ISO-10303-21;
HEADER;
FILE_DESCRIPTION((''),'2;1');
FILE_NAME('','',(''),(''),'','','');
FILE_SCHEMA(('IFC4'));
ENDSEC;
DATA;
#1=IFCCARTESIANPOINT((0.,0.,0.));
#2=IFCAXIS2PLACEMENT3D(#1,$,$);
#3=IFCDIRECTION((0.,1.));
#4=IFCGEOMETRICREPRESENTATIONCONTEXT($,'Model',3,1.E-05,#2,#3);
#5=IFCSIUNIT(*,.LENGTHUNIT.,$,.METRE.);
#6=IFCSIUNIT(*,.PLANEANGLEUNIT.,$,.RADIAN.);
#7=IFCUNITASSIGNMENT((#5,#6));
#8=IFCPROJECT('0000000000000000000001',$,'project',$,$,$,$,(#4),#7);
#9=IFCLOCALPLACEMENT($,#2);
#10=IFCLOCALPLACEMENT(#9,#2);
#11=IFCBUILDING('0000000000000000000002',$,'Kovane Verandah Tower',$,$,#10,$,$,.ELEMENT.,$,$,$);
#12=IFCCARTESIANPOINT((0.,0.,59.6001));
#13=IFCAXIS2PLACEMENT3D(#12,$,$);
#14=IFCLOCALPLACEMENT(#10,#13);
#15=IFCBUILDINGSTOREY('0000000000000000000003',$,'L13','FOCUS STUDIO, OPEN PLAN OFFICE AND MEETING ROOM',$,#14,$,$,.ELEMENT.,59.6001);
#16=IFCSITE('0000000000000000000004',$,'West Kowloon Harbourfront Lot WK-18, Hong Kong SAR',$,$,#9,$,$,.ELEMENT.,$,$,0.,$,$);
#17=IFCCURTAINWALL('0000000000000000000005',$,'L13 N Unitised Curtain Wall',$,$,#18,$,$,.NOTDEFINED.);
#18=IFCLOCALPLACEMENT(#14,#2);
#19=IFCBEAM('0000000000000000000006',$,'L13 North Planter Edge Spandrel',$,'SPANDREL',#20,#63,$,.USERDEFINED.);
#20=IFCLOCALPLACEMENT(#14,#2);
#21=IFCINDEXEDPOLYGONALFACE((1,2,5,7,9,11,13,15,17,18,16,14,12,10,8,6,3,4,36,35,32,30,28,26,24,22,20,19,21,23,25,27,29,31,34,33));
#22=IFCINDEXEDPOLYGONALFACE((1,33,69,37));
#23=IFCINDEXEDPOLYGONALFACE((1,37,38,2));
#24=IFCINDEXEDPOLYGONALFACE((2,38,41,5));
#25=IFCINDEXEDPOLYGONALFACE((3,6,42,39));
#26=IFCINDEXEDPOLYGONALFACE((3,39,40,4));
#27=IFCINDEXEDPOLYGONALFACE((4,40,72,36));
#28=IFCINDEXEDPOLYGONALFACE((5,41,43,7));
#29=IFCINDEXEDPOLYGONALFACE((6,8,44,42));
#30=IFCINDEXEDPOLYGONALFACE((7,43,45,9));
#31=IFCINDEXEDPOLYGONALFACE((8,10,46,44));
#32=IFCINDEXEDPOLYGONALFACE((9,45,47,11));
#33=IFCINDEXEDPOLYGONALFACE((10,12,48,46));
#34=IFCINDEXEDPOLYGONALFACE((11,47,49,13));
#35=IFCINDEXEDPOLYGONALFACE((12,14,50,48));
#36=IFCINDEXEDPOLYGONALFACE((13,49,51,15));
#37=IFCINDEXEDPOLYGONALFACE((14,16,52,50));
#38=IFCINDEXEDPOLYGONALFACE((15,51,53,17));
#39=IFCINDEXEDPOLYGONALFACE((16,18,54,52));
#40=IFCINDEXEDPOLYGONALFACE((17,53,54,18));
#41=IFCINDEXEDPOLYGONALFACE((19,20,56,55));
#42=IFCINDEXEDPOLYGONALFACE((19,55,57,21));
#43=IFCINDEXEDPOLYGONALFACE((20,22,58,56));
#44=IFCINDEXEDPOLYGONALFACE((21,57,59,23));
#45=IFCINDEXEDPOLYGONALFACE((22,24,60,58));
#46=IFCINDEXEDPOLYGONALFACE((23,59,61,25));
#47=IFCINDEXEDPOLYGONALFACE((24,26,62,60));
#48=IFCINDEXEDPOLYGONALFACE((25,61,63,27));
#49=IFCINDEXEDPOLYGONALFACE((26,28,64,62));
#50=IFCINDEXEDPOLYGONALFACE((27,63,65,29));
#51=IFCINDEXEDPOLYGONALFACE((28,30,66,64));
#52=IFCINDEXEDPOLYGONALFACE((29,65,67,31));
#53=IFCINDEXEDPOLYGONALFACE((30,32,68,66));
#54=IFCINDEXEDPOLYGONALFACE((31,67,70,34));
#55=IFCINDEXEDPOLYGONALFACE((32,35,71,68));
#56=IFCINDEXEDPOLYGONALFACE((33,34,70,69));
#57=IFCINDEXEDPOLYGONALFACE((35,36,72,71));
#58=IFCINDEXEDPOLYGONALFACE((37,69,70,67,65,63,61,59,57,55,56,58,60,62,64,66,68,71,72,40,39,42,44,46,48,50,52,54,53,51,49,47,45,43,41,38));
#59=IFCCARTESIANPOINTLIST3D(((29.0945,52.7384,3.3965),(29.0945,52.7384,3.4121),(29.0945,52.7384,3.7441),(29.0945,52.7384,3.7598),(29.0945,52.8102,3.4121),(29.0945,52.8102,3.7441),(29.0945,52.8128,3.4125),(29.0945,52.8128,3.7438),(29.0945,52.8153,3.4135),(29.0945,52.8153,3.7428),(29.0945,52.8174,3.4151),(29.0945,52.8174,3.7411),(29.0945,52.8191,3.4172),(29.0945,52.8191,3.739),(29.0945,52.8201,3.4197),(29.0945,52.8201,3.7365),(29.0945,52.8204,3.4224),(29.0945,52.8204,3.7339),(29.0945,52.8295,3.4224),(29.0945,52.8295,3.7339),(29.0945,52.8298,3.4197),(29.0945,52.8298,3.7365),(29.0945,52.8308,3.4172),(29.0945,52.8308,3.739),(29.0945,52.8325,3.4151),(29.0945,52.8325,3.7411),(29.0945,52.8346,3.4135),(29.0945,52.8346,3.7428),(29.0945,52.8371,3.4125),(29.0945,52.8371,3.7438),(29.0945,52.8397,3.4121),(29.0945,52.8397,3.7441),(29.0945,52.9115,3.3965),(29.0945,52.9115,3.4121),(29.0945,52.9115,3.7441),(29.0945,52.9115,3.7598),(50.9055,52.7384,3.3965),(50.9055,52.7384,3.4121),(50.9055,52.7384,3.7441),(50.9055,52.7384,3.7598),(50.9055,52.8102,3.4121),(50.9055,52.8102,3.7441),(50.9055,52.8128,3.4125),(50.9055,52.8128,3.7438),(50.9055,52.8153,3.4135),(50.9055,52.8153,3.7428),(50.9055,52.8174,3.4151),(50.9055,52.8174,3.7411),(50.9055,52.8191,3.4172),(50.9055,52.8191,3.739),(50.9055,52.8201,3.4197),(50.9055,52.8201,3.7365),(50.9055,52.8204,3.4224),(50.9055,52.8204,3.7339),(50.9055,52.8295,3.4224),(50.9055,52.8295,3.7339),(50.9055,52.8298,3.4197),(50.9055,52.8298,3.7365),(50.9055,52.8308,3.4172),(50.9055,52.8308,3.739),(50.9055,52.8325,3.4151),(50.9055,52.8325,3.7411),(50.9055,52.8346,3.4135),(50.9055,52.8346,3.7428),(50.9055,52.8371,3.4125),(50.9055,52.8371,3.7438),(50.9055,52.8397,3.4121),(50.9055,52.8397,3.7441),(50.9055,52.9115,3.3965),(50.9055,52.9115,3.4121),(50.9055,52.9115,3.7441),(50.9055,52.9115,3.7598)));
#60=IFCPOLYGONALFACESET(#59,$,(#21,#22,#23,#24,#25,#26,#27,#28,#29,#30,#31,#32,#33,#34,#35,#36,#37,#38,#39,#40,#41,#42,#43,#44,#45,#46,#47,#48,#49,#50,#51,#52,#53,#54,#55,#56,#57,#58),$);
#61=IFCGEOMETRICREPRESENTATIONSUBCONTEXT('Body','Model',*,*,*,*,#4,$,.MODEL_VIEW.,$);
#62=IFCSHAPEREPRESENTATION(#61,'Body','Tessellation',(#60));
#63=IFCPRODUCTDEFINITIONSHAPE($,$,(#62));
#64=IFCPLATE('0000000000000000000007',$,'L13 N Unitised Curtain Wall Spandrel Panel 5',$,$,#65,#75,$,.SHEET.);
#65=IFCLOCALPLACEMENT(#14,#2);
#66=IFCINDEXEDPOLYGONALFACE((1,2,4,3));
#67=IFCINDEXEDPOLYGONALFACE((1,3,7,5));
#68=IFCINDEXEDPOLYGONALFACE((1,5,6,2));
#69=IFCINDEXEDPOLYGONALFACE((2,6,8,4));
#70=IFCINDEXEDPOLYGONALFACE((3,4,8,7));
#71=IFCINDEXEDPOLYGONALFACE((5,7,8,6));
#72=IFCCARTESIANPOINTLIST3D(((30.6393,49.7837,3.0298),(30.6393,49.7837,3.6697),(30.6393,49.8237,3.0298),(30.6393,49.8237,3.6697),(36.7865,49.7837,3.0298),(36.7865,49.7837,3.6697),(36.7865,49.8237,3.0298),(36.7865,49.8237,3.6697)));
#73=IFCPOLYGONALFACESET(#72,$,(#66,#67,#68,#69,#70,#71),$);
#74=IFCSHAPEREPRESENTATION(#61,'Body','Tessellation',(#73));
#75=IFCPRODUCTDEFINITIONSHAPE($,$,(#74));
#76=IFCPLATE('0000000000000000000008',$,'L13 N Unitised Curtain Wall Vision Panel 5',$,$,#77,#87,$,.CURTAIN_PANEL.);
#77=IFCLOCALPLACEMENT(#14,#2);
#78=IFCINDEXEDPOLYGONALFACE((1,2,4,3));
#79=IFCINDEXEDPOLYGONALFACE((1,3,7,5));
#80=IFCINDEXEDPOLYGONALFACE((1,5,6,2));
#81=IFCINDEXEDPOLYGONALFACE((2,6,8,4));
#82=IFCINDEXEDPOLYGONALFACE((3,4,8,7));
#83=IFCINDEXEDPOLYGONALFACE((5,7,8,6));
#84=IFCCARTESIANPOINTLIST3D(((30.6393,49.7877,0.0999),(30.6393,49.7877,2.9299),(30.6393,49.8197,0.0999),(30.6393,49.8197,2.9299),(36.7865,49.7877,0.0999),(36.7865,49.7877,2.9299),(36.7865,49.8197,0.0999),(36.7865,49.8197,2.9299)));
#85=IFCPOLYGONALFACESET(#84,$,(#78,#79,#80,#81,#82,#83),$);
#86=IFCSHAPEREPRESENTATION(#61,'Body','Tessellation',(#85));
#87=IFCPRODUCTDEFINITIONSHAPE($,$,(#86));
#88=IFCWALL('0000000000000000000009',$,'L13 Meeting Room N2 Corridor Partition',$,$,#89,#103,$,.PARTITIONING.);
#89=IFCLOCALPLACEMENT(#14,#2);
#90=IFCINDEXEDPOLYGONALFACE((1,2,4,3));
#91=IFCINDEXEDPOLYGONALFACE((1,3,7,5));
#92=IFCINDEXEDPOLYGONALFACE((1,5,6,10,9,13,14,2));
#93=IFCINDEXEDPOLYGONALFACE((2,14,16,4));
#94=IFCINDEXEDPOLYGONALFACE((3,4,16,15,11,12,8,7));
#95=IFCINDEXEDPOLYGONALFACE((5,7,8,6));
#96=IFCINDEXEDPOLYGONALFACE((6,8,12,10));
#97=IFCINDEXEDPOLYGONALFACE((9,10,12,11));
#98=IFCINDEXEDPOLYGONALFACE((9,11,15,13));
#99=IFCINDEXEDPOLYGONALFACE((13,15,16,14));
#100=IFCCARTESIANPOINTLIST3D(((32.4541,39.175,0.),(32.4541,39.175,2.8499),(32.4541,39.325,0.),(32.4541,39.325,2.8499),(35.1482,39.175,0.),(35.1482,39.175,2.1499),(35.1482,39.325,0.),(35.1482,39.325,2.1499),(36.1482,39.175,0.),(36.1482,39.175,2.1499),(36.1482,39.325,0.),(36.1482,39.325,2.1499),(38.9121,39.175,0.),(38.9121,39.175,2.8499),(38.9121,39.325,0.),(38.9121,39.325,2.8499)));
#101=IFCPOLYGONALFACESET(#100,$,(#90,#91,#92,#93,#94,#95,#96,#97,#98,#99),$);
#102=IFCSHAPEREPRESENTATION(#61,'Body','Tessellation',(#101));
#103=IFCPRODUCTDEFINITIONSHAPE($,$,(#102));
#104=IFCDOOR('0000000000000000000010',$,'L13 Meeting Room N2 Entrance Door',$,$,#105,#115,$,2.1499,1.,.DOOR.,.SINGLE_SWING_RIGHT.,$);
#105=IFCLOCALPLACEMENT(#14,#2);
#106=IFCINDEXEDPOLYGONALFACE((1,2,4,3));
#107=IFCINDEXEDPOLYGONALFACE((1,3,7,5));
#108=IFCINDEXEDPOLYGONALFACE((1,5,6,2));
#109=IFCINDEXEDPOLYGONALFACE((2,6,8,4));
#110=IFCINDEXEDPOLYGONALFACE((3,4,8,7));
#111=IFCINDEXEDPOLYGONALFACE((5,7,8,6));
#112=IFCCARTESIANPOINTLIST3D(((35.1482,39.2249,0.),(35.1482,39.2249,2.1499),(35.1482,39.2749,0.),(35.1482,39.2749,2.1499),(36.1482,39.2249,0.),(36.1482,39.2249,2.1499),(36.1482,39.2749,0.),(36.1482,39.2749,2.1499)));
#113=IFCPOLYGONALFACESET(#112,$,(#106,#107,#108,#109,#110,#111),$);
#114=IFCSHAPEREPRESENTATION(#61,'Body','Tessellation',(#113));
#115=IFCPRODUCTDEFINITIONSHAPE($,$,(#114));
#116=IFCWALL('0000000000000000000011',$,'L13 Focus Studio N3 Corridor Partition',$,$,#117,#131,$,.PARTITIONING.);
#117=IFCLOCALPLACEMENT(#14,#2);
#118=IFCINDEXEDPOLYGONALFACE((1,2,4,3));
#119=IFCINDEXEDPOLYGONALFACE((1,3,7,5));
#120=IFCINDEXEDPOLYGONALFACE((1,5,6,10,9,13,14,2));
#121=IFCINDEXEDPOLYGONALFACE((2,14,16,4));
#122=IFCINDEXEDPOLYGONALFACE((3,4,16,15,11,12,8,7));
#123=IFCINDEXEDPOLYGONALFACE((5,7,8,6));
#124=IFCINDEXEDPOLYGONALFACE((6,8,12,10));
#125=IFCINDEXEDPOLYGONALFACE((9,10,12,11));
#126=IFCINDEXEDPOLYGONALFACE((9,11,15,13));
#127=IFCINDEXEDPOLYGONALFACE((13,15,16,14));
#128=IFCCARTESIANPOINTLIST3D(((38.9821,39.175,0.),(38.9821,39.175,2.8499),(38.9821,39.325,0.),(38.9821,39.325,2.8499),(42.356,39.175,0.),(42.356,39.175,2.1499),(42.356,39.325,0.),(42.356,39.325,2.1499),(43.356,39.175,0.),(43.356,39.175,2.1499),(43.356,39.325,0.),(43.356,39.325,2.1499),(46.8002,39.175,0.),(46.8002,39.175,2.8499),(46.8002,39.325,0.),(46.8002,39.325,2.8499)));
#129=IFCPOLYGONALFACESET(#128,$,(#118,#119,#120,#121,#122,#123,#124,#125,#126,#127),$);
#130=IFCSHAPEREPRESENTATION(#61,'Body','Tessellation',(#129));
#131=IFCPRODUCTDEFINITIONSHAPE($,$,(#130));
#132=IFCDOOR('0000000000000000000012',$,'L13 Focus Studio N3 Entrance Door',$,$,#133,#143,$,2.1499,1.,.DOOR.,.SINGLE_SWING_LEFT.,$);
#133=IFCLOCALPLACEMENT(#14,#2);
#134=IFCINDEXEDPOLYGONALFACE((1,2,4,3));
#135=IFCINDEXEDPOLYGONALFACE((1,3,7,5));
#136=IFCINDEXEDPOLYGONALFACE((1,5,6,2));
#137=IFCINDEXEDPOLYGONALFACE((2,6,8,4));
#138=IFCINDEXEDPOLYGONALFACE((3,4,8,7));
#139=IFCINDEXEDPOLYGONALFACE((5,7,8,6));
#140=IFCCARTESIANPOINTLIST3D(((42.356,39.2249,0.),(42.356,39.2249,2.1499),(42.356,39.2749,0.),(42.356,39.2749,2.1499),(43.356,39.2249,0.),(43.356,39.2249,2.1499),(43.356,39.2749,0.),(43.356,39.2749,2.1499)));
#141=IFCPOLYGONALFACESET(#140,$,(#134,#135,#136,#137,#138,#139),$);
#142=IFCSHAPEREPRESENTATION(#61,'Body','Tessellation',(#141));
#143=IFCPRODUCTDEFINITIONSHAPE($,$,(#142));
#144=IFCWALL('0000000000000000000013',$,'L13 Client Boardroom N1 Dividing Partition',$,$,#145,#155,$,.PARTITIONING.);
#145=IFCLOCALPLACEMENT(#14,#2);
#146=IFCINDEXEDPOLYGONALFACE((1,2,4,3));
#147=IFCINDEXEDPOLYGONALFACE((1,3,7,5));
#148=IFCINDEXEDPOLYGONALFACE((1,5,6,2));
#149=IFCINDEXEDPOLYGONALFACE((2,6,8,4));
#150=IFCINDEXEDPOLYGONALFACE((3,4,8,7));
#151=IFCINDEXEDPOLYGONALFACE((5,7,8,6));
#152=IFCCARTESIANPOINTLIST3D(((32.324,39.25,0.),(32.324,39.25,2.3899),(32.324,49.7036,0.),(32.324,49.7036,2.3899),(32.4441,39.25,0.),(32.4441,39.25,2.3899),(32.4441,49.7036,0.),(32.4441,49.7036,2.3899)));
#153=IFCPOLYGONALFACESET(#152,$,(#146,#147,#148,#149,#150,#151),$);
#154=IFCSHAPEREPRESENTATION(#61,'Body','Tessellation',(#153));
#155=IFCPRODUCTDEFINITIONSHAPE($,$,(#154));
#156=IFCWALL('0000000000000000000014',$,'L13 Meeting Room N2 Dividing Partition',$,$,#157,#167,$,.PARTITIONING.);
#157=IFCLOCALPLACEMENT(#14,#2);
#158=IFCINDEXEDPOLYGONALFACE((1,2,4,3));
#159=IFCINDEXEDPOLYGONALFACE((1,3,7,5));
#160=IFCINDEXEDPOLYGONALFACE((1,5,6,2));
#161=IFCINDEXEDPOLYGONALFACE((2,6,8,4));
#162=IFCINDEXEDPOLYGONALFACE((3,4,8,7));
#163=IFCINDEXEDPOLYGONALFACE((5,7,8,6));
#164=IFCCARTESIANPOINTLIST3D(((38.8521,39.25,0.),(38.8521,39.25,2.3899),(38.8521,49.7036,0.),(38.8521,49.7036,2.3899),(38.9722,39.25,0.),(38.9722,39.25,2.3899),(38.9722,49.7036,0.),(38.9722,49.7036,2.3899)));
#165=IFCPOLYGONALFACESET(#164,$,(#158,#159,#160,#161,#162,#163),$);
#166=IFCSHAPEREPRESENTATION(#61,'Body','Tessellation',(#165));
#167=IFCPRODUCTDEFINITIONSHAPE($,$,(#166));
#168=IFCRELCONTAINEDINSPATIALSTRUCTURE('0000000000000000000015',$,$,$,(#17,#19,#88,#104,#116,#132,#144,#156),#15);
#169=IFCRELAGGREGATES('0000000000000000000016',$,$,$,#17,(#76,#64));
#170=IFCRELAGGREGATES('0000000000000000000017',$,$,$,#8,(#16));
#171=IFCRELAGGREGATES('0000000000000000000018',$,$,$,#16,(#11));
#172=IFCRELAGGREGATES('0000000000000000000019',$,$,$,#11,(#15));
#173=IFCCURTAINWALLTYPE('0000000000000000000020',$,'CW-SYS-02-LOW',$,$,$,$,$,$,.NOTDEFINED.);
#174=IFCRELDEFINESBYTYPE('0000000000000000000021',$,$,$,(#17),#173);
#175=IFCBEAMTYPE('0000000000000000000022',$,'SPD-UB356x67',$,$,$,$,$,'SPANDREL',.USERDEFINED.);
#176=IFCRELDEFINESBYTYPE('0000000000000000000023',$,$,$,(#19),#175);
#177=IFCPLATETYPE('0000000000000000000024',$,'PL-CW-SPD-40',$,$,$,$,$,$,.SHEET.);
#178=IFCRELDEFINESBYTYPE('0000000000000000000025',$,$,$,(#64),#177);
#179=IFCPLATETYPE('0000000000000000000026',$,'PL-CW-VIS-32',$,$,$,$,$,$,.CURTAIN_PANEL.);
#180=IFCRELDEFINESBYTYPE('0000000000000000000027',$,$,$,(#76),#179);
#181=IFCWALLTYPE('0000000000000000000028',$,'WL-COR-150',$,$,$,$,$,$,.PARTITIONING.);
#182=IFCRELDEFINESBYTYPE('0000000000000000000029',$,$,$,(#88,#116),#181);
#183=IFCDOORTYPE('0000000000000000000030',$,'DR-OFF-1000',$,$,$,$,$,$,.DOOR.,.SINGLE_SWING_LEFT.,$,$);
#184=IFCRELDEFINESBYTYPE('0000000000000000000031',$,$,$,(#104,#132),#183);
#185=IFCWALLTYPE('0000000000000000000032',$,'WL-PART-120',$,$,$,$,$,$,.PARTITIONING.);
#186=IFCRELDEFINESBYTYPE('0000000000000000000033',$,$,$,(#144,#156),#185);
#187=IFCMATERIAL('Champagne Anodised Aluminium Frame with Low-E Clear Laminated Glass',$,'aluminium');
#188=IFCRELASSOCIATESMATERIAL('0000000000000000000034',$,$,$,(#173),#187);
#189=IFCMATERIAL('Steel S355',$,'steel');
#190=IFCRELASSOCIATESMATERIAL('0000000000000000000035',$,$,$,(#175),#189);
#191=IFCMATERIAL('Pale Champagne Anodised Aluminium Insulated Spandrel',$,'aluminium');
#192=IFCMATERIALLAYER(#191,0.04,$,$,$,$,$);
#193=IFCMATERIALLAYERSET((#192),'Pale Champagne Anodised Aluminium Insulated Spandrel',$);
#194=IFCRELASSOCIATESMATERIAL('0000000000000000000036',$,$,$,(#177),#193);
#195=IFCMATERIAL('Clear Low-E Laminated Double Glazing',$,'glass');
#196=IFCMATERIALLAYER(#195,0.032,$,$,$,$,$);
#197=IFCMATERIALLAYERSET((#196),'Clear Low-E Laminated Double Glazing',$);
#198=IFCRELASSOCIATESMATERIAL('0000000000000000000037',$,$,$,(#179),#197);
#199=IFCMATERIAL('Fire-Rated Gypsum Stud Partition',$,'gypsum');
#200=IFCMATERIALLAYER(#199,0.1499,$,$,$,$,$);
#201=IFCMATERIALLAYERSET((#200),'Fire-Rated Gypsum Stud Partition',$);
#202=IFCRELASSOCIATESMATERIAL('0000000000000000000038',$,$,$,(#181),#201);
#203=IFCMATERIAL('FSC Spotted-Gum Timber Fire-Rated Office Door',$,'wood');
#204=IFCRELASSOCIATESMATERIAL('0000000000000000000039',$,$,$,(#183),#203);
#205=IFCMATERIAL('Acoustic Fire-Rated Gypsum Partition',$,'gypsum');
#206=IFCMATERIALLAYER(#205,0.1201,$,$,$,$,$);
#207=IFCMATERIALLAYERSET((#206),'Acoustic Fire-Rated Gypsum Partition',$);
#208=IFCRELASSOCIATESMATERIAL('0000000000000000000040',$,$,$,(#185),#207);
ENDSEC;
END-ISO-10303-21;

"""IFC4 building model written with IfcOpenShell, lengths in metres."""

from ifc_helpers import new_model, si_unit, direction, frame, frame_2d, origin, origin_2d, place, context, subcontext, project, spatial, rectangle, i_section, extrude, material, layer, layer_set, material_profile, profile_set, type_object, element, fill, aggregate, save


model = new_model("IFC4")

# Units and contexts
model_context = context("Model", 3, precision=1e-05, world=origin(), true_north=direction((0.0, 1.0)))
body_context = subcontext(model_context, "Body", "Model", "MODEL_VIEW")
ifc_project = project(units=[si_unit("LENGTHUNIT", "METRE"), si_unit("PLANEANGLEUNIT", "RADIAN")], contexts=[model_context])

# Site, building, storey
site_placement = place(None, origin())
site = spatial("IfcSite", under=ifc_project, at=site_placement, Name="West Kowloon Harbourfront Lot WK-18, Hong Kong SAR", CompositionType="ELEMENT", RefElevation=0.0)
building_placement = place(site_placement, origin())
building = spatial("IfcBuilding", under=site, at=building_placement, Name="Kovane Verandah Tower", CompositionType="ELEMENT")
storey_placement = place(building_placement, frame((0.0, 0.0, 59.6001)))
storey = spatial("IfcBuildingStorey", under=building, at=storey_placement, Name="L13", Description="FOCUS STUDIO, OPEN PLAN OFFICE AND MEETING ROOM", CompositionType="ELEMENT", Elevation=59.6001)

# Curtain wall
ifc_material_1 = material(Name="Champagne Anodised Aluminium Frame with Low-E Clear Laminated Glass", Category="aluminium")
curtain_wall_type = type_object("IfcCurtainWallType", Name="CW-SYS-02-LOW", PredefinedType="NOTDEFINED", material=ifc_material_1)
curtain_wall_placement = place(storey_placement, origin())
curtain_wall = element("IfcCurtainWall", 1, at=curtain_wall_placement, inside=storey, type_object=curtain_wall_type, Name="L13 N Unitised Curtain Wall", PredefinedType="NOTDEFINED")

# Beam
ifc_material_2 = material(Name="Steel S355", Category="steel")
ifc_material_profile_1 = material_profile(ifc_material_2, i_section(OverallWidth=0.1731, OverallDepth=0.3633, WebThickness=0.009, FlangeThickness=0.0156, FilletRadius=0.0103, at=origin_2d()), Name="UB356x171x67")
ifc_profile_set_1 = profile_set([ifc_material_profile_1], Name="Steel S355")
beam_type_1 = type_object("IfcBeamType", Name="SPD-UB356x67", ElementType="SPANDREL", PredefinedType="USERDEFINED", material=ifc_profile_set_1)
beam_1_placement = place(storey_placement, frame((29.0945, 52.825, 3.5781), z_axis=(1.0, 0.0, 0.0), x_axis=(0.0, 1.0, 0.0)))
element("IfcBeam", 2, at=beam_1_placement, inside=storey, type_object=beam_type_1, Name="L13 North Planter Edge Spandrel", ObjectType="SPANDREL", PredefinedType="USERDEFINED", context=body_context, shape_type="SweptSolid", body=[
    extrude(i_section(OverallWidth=0.1731, OverallDepth=0.3633, WebThickness=0.009, FlangeThickness=0.0156, FilletRadius=0.0103, at=origin_2d()), origin(), (0.0, 0.0, 1.0), 21.811),
])

# Plates
ifc_material_3 = material(Name="Pale Champagne Anodised Aluminium Insulated Spandrel", Category="aluminium")
ifc_layer_1 = layer(ifc_material_3, 0.04)
ifc_layer_set_1 = layer_set([ifc_layer_1], Name="Pale Champagne Anodised Aluminium Insulated Spandrel")
plate_type_1 = type_object("IfcPlateType", Name="PL-CW-SPD-40", PredefinedType="SHEET", material=ifc_layer_set_1)
plate_1_placement = place(storey_placement, frame((33.7129, 49.8037, 3.0298), z_axis=(0.0, 0.0, 1.0), x_axis=(-1.0, 0.0, 0.0)))
plate_1 = element("IfcPlate", 3, at=plate_1_placement, type_object=plate_type_1, Name="L13 N Unitised Curtain Wall Spandrel Panel 5", PredefinedType="SHEET", context=body_context, shape_type="SweptSolid", body=[
    extrude(rectangle(XDim=6.1472, YDim=0.04, at=origin_2d()), origin(), (0.0, 0.0, 1.0), 0.6399),
])
ifc_material_4 = material(Name="Clear Low-E Laminated Double Glazing", Category="glass")
ifc_layer_2 = layer(ifc_material_4, 0.032)
ifc_layer_set_2 = layer_set([ifc_layer_2], Name="Clear Low-E Laminated Double Glazing")
plate_type_2 = type_object("IfcPlateType", Name="PL-CW-VIS-32", PredefinedType="CURTAIN_PANEL", material=ifc_layer_set_2)
plate_2_placement = place(storey_placement, frame((33.7129, 49.8037, 0.0999), z_axis=(0.0, 0.0, 1.0), x_axis=(-1.0, 0.0, 0.0)))
plate_2 = element("IfcPlate", 4, at=plate_2_placement, type_object=plate_type_2, Name="L13 N Unitised Curtain Wall Vision Panel 5", PredefinedType="CURTAIN_PANEL", context=body_context, shape_type="SweptSolid", body=[
    extrude(rectangle(XDim=6.1472, YDim=0.032, at=origin_2d()), origin(), (0.0, 0.0, 1.0), 2.8301),
])
aggregate(curtain_wall, [plate_2, plate_1])

# Walls, openings, doors
ifc_material_5 = material(Name="Fire-Rated Gypsum Stud Partition", Category="gypsum")
ifc_layer_3 = layer(ifc_material_5, 0.1499)
ifc_layer_set_3 = layer_set([ifc_layer_3], Name="Fire-Rated Gypsum Stud Partition")
wall_type_1 = type_object("IfcWallType", Name="WL-COR-150", PredefinedType="PARTITIONING", material=ifc_layer_set_3)
wall_1_placement = place(storey_placement, frame((32.4541, 39.25, 0.0), z_axis=(0.0, 0.0, 1.0), x_axis=(1.0, 0.0, 0.0)))
wall_1 = element("IfcWall", 5, at=wall_1_placement, inside=storey, type_object=wall_type_1, Name="L13 Meeting Room N2 Corridor Partition", PredefinedType="PARTITIONING", context=body_context, shape_type="SweptSolid", body=[
    extrude(rectangle(XDim=6.458, YDim=0.1499, at=frame_2d((3.229, 0.0))), origin(), (0.0, 0.0, 1.0), 2.8499),
])
opening_1_placement = place(wall_1_placement, frame((2.6941, 0.0, 0.0)))
opening_1 = element("IfcOpeningElement", 6, at=opening_1_placement, cuts=wall_1, PredefinedType="OPENING", context=body_context, shape_type="SweptSolid", body=[
    extrude(rectangle(XDim=1.0, YDim=2.1499, at=frame_2d((0.5, 1.075))), frame((0.0, 0.075, 0.0), z_axis=(0.0, -1.0, 0.0), x_axis=(1.0, 0.0, 0.0)), (0.0, 0.0, 1.0), 0.1499),
])
ifc_material_6 = material(Name="FSC Spotted-Gum Timber Fire-Rated Office Door", Category="wood")
door_type_1 = type_object("IfcDoorType", Name="DR-OFF-1000", OperationType="SINGLE_SWING_LEFT", PredefinedType="DOOR", material=ifc_material_6)
door_1_placement = place(opening_1_placement, origin())
door_1 = element("IfcDoor", 7, at=door_1_placement, inside=storey, type_object=door_type_1, Name="L13 Meeting Room N2 Entrance Door", OperationType="SINGLE_SWING_RIGHT", OverallHeight=2.1499, OverallWidth=1.0, PredefinedType="DOOR", context=body_context, shape_type="SweptSolid", body=[
    extrude(rectangle(XDim=1.0, YDim=2.1499, at=frame_2d((0.5, 1.075))), frame((0.0, 0.0249, 0.0), z_axis=(0.0, -1.0, 0.0), x_axis=(1.0, 0.0, 0.0)), (0.0, 0.0, 1.0), 0.05),
])
fill(opening_1, door_1)
wall_2_placement = place(storey_placement, frame((38.9819, 39.25, 0.0), z_axis=(0.0, 0.0, 1.0), x_axis=(1.0, 0.0, 0.0)))
wall_2 = element("IfcWall", 8, at=wall_2_placement, inside=storey, type_object=wall_type_1, Name="L13 Focus Studio N3 Corridor Partition", PredefinedType="PARTITIONING", context=body_context, shape_type="SweptSolid", body=[
    extrude(rectangle(XDim=7.8181, YDim=0.1499, at=frame_2d((3.9092, 0.0))), origin(), (0.0, 0.0, 1.0), 2.8499),
])
opening_2_placement = place(wall_2_placement, frame((3.374, 0.0, 0.0)))
opening_2 = element("IfcOpeningElement", 9, at=opening_2_placement, cuts=wall_2, PredefinedType="OPENING", context=body_context, shape_type="SweptSolid", body=[
    extrude(rectangle(XDim=1.0, YDim=2.1499, at=frame_2d((0.5, 1.075))), frame((0.0, 0.075, 0.0), z_axis=(0.0, -1.0, 0.0), x_axis=(1.0, 0.0, 0.0)), (0.0, 0.0, 1.0), 0.1499),
])
door_2_placement = place(opening_2_placement, origin())
door_2 = element("IfcDoor", 10, at=door_2_placement, inside=storey, type_object=door_type_1, Name="L13 Focus Studio N3 Entrance Door", OperationType="SINGLE_SWING_LEFT", OverallHeight=2.1499, OverallWidth=1.0, PredefinedType="DOOR", context=body_context, shape_type="SweptSolid", body=[
    extrude(rectangle(XDim=1.0, YDim=2.1499, at=frame_2d((0.5, 1.075))), frame((0.0, 0.0249, 0.0), z_axis=(0.0, -1.0, 0.0), x_axis=(1.0, 0.0, 0.0)), (0.0, 0.0, 1.0), 0.05),
])
fill(opening_2, door_2)

# Walls
ifc_material_7 = material(Name="Acoustic Fire-Rated Gypsum Partition", Category="gypsum")
ifc_layer_4 = layer(ifc_material_7, 0.1201)
ifc_layer_set_4 = layer_set([ifc_layer_4], Name="Acoustic Fire-Rated Gypsum Partition")
wall_type_2 = type_object("IfcWallType", Name="WL-PART-120", PredefinedType="PARTITIONING", material=ifc_layer_set_4)
for number, where, z_axis, x_axis, name in (
    (11, (32.384, 39.25, 0.0), (0.0, 0.0, 1.0), (0.0, 1.0, 0.0), "L13 Client Boardroom N1 Dividing Partition"),
    (12, (38.9121, 39.25, 0.0), (0.0, 0.0, 1.0), (0.0, 1.0, 0.0), "L13 Meeting Room N2 Dividing Partition"),
):
    element("IfcWall", number, at=place(storey_placement, frame(where, z_axis=z_axis, x_axis=x_axis)), inside=storey, type_object=wall_type_2, Name=name, PredefinedType="PARTITIONING", context=body_context, shape_type="SweptSolid", body=[
        extrude(rectangle(XDim=10.4536, YDim=0.1201, at=frame_2d((5.2268, 0.0))), origin(), (0.0, 0.0, 1.0), 2.3899),
    ])

save(model, "model.ifc")
